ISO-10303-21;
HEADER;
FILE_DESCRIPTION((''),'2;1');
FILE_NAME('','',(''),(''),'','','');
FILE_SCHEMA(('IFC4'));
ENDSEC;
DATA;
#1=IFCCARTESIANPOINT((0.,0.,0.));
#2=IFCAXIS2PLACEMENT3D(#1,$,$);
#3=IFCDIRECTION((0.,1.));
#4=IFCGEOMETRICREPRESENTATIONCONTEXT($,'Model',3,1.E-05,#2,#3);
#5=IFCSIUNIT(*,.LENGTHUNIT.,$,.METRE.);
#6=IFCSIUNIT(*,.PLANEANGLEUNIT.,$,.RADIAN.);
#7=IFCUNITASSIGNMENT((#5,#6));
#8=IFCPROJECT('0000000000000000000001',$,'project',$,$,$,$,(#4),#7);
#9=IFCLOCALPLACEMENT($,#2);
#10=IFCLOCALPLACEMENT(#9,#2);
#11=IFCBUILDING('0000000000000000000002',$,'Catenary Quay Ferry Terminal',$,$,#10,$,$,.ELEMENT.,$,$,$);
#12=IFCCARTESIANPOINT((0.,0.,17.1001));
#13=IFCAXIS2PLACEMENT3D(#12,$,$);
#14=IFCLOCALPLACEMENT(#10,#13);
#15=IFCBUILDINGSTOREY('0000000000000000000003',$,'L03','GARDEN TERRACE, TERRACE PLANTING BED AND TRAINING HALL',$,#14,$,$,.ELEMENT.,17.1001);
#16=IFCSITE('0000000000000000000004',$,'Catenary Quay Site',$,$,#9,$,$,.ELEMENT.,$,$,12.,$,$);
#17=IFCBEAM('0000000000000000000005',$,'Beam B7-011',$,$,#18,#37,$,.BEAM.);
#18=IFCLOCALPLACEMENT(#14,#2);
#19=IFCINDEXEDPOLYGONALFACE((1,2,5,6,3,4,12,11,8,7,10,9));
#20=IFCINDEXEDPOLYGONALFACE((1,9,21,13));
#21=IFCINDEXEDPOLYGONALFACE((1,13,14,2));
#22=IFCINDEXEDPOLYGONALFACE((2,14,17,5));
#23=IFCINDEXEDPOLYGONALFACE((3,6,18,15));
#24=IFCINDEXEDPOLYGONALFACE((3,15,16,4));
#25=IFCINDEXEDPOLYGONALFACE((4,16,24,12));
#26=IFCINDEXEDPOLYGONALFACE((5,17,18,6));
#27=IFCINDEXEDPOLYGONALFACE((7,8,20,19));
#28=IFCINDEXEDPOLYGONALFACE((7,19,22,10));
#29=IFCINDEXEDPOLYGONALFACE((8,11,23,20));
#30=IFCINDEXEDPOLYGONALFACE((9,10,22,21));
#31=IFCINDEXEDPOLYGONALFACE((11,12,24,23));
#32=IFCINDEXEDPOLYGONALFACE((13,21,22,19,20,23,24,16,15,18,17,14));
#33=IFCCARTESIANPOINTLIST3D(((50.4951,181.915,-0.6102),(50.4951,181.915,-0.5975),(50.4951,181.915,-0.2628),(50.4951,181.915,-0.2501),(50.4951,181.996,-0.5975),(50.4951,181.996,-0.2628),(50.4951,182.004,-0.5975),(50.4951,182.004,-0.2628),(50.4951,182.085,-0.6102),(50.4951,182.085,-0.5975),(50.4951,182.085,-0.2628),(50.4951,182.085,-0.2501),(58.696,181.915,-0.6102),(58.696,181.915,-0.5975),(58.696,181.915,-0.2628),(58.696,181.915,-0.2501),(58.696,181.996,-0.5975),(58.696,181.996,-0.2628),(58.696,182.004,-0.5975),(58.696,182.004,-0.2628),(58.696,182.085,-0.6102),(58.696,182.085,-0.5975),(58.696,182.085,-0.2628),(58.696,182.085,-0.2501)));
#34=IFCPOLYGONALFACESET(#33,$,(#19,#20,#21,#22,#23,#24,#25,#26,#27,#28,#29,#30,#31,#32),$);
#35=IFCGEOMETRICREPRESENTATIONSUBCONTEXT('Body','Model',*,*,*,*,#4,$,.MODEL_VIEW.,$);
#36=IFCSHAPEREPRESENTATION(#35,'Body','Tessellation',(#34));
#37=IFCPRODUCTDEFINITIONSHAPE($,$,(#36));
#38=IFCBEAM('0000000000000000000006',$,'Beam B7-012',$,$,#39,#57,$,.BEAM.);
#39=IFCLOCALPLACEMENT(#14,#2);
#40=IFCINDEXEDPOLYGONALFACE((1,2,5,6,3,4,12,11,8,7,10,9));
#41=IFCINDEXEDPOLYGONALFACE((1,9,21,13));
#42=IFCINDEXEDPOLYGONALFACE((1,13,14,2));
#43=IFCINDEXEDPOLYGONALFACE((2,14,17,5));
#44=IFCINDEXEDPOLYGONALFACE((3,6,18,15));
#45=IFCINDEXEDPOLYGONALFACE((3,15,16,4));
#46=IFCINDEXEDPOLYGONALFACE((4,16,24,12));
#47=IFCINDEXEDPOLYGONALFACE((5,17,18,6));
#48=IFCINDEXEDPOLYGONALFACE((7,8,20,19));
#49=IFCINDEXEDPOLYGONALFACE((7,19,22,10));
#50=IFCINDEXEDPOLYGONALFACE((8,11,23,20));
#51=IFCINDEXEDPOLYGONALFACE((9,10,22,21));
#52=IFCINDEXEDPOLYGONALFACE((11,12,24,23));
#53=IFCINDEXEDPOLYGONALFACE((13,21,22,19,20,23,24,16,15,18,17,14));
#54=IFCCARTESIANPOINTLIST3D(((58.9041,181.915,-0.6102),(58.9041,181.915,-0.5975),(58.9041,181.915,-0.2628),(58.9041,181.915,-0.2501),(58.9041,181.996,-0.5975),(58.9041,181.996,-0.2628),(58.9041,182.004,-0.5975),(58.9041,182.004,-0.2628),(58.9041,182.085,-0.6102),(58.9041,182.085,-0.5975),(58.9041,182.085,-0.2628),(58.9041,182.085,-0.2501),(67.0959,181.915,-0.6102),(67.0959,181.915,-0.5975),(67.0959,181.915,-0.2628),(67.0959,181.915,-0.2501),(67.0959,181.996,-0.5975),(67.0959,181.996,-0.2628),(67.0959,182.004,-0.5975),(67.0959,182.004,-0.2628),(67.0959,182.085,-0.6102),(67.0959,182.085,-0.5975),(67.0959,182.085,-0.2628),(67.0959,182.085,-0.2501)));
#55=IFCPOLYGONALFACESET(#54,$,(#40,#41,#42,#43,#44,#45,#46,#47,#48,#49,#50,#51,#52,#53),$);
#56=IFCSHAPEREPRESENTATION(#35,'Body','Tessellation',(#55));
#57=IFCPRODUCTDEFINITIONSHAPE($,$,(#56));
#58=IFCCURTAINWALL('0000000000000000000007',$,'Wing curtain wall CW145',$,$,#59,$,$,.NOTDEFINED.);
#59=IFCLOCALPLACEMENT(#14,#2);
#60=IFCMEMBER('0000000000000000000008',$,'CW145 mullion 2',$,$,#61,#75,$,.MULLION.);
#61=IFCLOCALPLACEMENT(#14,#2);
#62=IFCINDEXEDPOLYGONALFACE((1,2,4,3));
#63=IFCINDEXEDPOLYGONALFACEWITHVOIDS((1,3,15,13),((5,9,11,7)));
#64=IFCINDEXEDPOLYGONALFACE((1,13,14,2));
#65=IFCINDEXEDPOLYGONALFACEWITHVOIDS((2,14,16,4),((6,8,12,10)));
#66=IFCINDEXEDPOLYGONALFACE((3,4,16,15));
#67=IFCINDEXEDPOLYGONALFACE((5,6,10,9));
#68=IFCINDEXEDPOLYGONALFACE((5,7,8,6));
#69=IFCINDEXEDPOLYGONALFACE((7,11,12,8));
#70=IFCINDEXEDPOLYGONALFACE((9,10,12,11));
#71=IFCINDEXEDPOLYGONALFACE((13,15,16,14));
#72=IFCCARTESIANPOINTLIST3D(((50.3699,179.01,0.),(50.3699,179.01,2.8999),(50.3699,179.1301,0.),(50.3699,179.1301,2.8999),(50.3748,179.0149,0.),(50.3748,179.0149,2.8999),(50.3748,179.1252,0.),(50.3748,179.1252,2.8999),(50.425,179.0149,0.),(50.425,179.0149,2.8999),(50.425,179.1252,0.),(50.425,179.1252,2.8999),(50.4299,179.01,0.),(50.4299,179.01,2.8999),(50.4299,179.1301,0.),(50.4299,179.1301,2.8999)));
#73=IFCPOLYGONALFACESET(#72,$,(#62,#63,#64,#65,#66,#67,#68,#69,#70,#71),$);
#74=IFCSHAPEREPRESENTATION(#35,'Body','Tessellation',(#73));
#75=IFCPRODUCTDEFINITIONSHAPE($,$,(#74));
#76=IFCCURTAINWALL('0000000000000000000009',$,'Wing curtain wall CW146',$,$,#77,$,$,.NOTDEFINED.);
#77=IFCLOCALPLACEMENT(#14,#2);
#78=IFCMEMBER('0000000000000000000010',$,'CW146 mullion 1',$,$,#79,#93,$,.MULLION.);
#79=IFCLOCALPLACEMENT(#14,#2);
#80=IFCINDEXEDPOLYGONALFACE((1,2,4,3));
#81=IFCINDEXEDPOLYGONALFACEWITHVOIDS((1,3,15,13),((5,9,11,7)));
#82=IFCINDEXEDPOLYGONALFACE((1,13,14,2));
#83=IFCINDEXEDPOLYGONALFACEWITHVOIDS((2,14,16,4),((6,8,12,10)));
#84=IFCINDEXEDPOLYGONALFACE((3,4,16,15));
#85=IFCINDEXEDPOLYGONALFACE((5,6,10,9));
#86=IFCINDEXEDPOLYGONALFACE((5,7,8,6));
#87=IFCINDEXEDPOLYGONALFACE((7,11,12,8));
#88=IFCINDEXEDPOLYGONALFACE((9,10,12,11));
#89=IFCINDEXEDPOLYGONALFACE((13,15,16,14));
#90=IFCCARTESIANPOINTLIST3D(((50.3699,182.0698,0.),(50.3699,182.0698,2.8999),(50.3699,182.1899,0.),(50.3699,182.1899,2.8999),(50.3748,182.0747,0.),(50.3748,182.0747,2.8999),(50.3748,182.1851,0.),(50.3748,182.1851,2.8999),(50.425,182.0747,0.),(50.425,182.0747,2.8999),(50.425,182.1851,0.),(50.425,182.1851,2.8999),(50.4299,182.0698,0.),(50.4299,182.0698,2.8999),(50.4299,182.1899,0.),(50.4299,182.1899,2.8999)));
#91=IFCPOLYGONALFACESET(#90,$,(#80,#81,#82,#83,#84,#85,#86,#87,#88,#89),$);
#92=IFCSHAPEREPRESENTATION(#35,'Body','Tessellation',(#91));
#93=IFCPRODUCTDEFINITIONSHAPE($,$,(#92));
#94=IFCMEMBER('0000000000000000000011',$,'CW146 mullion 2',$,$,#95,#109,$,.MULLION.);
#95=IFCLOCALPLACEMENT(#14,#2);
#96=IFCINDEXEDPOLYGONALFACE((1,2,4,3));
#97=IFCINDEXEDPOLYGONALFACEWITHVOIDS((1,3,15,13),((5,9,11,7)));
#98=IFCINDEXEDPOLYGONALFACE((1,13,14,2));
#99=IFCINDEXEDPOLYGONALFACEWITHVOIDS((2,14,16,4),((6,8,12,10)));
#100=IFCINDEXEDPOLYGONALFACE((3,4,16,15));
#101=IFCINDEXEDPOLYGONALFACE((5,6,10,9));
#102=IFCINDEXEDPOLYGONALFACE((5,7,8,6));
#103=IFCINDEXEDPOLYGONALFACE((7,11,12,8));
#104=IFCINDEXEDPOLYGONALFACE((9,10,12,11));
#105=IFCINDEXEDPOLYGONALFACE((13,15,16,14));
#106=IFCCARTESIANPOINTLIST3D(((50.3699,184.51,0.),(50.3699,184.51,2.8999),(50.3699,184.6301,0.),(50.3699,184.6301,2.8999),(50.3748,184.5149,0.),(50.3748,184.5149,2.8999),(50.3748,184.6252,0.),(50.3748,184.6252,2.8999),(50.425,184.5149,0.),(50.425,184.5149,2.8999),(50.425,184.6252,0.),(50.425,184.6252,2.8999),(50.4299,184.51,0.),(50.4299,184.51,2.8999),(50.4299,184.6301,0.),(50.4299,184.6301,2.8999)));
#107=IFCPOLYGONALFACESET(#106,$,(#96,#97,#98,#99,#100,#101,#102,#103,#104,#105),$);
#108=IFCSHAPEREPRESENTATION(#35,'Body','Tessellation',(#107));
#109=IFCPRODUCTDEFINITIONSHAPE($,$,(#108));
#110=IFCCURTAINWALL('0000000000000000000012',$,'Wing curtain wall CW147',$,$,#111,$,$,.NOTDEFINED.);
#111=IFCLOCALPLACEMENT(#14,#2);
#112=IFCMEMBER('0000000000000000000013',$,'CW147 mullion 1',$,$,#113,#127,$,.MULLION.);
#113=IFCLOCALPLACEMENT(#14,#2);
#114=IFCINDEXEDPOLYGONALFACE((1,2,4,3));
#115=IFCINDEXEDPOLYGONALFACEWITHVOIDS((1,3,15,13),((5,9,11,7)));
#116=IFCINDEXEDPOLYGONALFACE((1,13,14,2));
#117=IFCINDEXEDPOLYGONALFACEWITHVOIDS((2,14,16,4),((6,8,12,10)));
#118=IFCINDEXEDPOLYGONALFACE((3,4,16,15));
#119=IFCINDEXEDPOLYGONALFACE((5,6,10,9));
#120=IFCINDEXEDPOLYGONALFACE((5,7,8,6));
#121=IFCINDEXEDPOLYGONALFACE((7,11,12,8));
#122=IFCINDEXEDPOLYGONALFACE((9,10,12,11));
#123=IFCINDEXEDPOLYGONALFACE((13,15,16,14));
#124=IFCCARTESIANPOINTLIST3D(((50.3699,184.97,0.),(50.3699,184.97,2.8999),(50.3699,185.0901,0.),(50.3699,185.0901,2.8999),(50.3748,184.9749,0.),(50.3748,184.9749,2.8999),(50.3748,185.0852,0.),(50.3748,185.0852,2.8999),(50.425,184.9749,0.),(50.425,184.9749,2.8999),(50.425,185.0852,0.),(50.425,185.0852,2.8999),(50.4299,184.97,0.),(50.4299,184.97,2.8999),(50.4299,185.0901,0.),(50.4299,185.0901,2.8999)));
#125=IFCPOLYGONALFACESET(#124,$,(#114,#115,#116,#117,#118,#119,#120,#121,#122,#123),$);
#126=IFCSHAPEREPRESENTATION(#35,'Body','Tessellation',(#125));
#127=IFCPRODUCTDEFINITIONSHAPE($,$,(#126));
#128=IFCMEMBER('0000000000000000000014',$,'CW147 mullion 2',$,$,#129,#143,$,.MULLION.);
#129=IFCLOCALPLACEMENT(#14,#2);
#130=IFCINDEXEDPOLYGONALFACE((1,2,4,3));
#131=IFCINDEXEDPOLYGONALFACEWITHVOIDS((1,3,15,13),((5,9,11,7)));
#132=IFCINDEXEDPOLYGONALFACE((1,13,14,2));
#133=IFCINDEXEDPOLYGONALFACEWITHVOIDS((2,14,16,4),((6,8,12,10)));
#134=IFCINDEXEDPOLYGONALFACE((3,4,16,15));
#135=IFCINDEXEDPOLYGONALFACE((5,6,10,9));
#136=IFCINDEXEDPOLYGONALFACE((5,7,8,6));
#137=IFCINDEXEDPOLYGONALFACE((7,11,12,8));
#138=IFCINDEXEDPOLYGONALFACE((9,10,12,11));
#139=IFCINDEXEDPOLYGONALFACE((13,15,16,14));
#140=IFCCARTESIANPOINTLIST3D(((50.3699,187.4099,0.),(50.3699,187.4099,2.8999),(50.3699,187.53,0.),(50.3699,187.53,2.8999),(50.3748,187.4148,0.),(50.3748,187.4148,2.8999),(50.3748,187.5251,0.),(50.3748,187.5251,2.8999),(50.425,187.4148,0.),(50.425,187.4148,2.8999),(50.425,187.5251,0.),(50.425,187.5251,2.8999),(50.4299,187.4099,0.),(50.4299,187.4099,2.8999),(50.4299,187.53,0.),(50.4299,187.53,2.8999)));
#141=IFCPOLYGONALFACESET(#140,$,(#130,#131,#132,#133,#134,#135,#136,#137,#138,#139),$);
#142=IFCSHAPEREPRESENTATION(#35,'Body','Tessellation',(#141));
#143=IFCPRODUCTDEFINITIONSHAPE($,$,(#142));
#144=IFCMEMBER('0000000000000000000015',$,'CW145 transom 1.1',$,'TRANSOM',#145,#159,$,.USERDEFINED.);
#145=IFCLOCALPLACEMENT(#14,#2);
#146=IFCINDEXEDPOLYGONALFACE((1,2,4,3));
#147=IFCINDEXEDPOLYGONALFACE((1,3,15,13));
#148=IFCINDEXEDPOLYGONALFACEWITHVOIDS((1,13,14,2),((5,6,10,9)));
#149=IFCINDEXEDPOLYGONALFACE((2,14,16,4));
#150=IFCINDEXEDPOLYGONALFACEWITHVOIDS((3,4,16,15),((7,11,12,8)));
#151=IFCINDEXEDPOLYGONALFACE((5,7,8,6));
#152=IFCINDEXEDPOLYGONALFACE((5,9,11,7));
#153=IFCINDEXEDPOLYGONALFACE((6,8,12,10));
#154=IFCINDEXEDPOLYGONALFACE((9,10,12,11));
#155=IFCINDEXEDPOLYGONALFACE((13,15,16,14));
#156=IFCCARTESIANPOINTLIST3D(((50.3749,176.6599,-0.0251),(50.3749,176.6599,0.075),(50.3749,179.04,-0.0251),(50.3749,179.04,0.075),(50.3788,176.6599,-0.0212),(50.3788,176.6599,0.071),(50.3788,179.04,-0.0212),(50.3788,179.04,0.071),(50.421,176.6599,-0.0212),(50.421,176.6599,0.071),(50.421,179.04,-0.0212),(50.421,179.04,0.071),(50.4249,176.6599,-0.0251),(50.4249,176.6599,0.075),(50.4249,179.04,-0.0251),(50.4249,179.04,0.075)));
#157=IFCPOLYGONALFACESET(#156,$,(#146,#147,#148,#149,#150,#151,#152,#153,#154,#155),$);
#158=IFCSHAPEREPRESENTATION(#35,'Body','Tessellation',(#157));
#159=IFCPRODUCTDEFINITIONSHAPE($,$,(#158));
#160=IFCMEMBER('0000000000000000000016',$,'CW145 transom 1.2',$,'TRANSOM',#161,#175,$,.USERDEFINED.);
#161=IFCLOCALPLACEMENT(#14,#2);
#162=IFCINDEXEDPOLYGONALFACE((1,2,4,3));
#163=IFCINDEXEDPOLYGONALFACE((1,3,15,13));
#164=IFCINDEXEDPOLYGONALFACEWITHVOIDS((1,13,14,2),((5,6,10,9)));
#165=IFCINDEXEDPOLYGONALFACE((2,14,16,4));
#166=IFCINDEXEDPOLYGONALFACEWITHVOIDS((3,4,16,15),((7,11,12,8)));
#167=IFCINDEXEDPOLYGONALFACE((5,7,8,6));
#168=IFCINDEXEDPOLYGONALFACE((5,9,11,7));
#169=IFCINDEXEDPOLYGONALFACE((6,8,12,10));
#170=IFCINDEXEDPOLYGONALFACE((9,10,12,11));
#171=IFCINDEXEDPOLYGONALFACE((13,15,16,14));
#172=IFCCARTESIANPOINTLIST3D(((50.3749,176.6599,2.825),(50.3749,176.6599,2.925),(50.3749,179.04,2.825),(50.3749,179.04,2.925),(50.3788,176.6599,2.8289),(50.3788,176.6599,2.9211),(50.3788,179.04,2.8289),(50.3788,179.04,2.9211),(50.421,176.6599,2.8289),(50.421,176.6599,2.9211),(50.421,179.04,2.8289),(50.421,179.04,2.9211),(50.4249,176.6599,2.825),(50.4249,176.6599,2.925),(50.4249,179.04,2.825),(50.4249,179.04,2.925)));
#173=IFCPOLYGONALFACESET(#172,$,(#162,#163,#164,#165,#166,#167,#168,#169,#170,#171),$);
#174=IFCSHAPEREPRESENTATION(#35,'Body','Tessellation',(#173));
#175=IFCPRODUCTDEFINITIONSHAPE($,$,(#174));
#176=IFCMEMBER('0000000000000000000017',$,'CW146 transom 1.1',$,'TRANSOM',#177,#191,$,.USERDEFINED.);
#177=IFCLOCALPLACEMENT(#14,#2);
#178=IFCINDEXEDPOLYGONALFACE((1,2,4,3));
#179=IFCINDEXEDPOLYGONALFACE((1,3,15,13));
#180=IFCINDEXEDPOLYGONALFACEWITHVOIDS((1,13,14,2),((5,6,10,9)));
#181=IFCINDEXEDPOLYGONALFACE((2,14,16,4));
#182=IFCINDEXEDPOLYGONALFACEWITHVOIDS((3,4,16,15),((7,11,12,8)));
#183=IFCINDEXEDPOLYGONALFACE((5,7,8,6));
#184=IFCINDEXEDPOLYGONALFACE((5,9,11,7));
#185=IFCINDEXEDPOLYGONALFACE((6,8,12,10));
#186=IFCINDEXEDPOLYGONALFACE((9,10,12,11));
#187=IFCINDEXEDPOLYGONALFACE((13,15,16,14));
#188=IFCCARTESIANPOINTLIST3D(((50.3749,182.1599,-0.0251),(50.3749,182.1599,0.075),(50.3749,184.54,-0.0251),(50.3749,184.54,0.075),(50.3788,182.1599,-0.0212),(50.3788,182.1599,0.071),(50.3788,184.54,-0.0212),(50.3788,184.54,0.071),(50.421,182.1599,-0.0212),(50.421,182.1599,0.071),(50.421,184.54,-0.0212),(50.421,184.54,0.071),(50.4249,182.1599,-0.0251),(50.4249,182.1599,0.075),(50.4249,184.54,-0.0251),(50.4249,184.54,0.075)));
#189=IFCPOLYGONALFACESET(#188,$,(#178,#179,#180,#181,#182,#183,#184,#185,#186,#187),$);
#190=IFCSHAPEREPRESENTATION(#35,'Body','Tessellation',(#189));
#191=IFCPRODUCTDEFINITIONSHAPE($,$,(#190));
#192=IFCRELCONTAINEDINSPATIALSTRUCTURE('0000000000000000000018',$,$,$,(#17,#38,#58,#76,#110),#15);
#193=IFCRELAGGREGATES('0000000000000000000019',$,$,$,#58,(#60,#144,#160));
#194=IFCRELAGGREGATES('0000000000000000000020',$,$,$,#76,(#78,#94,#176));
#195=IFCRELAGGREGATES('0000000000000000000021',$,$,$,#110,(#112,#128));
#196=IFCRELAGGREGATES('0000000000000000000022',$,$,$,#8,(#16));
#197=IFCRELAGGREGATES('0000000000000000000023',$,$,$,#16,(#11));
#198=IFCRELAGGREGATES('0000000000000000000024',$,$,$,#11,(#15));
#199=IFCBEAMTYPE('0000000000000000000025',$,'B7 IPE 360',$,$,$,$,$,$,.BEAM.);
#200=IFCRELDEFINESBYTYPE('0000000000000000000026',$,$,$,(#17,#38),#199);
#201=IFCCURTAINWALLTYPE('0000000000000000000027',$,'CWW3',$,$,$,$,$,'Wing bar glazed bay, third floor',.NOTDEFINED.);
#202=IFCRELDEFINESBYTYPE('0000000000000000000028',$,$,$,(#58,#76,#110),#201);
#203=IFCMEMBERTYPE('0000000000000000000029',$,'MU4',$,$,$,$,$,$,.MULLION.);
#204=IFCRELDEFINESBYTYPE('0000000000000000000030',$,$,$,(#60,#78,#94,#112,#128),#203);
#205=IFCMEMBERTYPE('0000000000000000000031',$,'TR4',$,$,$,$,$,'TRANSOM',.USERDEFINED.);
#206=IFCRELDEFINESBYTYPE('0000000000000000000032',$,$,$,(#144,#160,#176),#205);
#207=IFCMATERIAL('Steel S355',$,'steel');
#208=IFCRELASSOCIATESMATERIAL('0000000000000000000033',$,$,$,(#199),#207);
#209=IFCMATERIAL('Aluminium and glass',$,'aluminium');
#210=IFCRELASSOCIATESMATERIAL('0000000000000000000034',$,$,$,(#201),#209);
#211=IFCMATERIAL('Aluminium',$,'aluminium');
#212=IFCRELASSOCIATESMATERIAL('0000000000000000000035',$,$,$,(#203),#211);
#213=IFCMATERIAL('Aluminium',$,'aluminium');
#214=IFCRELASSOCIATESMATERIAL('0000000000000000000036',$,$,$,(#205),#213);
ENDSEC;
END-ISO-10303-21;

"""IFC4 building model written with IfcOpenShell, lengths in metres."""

from ifc_helpers import new_model, si_unit, direction, frame, origin, origin_2d, place, context, subcontext, project, spatial, hollow_rectangle, i_section, extrude, material, material_profile, profile_set, type_object, element, aggregate, save


model = new_model("IFC4")

# Units and contexts
model_context = context("Model", 3, precision=1e-05, world=origin(), true_north=direction((0.0, 1.0)))
body_context = subcontext(model_context, "Body", "Model", "MODEL_VIEW")
ifc_project = project(units=[si_unit("LENGTHUNIT", "METRE"), si_unit("PLANEANGLEUNIT", "RADIAN")], contexts=[model_context])

# Site, building, storey
site_placement = place(None, origin())
site = spatial("IfcSite", under=ifc_project, at=site_placement, Name="Catenary Quay Site", CompositionType="ELEMENT", RefElevation=12.0)
building_placement = place(site_placement, origin())
building = spatial("IfcBuilding", under=site, at=building_placement, Name="Catenary Quay Ferry Terminal", CompositionType="ELEMENT")
storey_placement = place(building_placement, frame((0.0, 0.0, 17.1001)))
storey = spatial("IfcBuildingStorey", under=building, at=storey_placement, Name="L03", Description="GARDEN TERRACE, TERRACE PLANTING BED AND TRAINING HALL", CompositionType="ELEMENT", Elevation=17.1001)

# Beams
ifc_material_1 = material(Name="Steel S355", Category="steel")
ifc_material_profile_1 = material_profile(ifc_material_1, i_section(OverallWidth=0.1699, OverallDepth=0.3601, WebThickness=0.0081, FlangeThickness=0.0127, at=origin_2d()), Name="IPE 360")
ifc_profile_set_1 = profile_set([ifc_material_profile_1], Name="Steel S355")
beam_type_1 = type_object("IfcBeamType", Name="B7 IPE 360", PredefinedType="BEAM", material=ifc_profile_set_1)
beam_1_placement = place(storey_placement, frame((50.4951, 182.0, -0.4302), z_axis=(1.0, 0.0, 0.0), x_axis=(0.0, 1.0, 0.0)))
element("IfcBeam", 1, at=beam_1_placement, inside=storey, type_object=beam_type_1, Name="Beam B7-011", PredefinedType="BEAM", context=body_context, shape_type="SweptSolid", body=[
    extrude(i_section(OverallWidth=0.1699, OverallDepth=0.3601, WebThickness=0.0081, FlangeThickness=0.0127, at=origin_2d()), origin(), (0.0, 0.0, 1.0), 8.2009),
])
beam_2_placement = place(storey_placement, frame((58.9041, 182.0, -0.4302), z_axis=(1.0, 0.0, 0.0), x_axis=(0.0, 1.0, 0.0)))
element("IfcBeam", 2, at=beam_2_placement, inside=storey, type_object=beam_type_1, Name="Beam B7-012", PredefinedType="BEAM", context=body_context, shape_type="SweptSolid", body=[
    extrude(i_section(OverallWidth=0.1699, OverallDepth=0.3601, WebThickness=0.0081, FlangeThickness=0.0127, at=origin_2d()), origin(), (0.0, 0.0, 1.0), 8.1919),
])

# Curtain wall, member
ifc_material_2 = material(Name="Aluminium and glass", Category="aluminium")
curtain_wall_type = type_object("IfcCurtainWallType", Name="CWW3", ElementType="Wing bar glazed bay, third floor", PredefinedType="NOTDEFINED", material=ifc_material_2)
curtain_wall_1_placement = place(storey_placement, origin())
curtain_wall_1 = element("IfcCurtainWall", 3, at=curtain_wall_1_placement, inside=storey, type_object=curtain_wall_type, Name="Wing curtain wall CW145", PredefinedType="NOTDEFINED")
ifc_material_3 = material(Name="Aluminium", Category="aluminium")
ifc_material_profile_2 = material_profile(ifc_material_3, hollow_rectangle(XDim=0.0601, YDim=0.1201, WallThickness=0.0049, at=origin_2d()), Name="MU4")
ifc_profile_set_2 = profile_set([ifc_material_profile_2], Name="Aluminium")
member_type_1 = type_object("IfcMemberType", Name="MU4", PredefinedType="MULLION", material=ifc_profile_set_2)
member_1_placement = place(storey_placement, frame((50.3999, 179.0701, 0.0), z_axis=(0.0, 0.0, 1.0), x_axis=(-1.0, 0.0, 0.0)))
member_1 = element("IfcMember", 4, at=member_1_placement, type_object=member_type_1, Name="CW145 mullion 2", PredefinedType="MULLION", context=body_context, shape_type="SweptSolid", body=[
    extrude(hollow_rectangle(XDim=0.0601, YDim=0.1201, WallThickness=0.0049, at=origin_2d()), origin(), (0.0, 0.0, 1.0), 2.8999),
])

# Curtain walls, members
curtain_wall_2_placement = place(storey_placement, origin())
curtain_wall_2 = element("IfcCurtainWall", 5, at=curtain_wall_2_placement, inside=storey, type_object=curtain_wall_type, Name="Wing curtain wall CW146", PredefinedType="NOTDEFINED")
member_2_placement = place(storey_placement, frame((50.3999, 182.1299, 0.0), z_axis=(0.0, 0.0, 1.0), x_axis=(-1.0, 0.0, 0.0)))
member_2 = element("IfcMember", 6, at=member_2_placement, type_object=member_type_1, Name="CW146 mullion 1", PredefinedType="MULLION", context=body_context, shape_type="SweptSolid", body=[
    extrude(hollow_rectangle(XDim=0.0601, YDim=0.1201, WallThickness=0.0049, at=origin_2d()), origin(), (0.0, 0.0, 1.0), 2.8999),
])
member_3_placement = place(storey_placement, frame((50.3999, 184.5701, 0.0), z_axis=(0.0, 0.0, 1.0), x_axis=(-1.0, 0.0, 0.0)))
member_3 = element("IfcMember", 7, at=member_3_placement, type_object=member_type_1, Name="CW146 mullion 2", PredefinedType="MULLION", context=body_context, shape_type="SweptSolid", body=[
    extrude(hollow_rectangle(XDim=0.0601, YDim=0.1201, WallThickness=0.0049, at=origin_2d()), origin(), (0.0, 0.0, 1.0), 2.8999),
])
curtain_wall_3_placement = place(storey_placement, origin())
curtain_wall_3 = element("IfcCurtainWall", 8, at=curtain_wall_3_placement, inside=storey, type_object=curtain_wall_type, Name="Wing curtain wall CW147", PredefinedType="NOTDEFINED")
member_4_placement = place(storey_placement, frame((50.3999, 185.03, 0.0), z_axis=(0.0, 0.0, 1.0), x_axis=(-1.0, 0.0, 0.0)))
member_4 = element("IfcMember", 9, at=member_4_placement, type_object=member_type_1, Name="CW147 mullion 1", PredefinedType="MULLION", context=body_context, shape_type="SweptSolid", body=[
    extrude(hollow_rectangle(XDim=0.0601, YDim=0.1201, WallThickness=0.0049, at=origin_2d()), origin(), (0.0, 0.0, 1.0), 2.8999),
])
member_5_placement = place(storey_placement, frame((50.3999, 187.47, 0.0), z_axis=(0.0, 0.0, 1.0), x_axis=(-1.0, 0.0, 0.0)))
member_5 = element("IfcMember", 10, at=member_5_placement, type_object=member_type_1, Name="CW147 mullion 2", PredefinedType="MULLION", context=body_context, shape_type="SweptSolid", body=[
    extrude(hollow_rectangle(XDim=0.0601, YDim=0.1201, WallThickness=0.0049, at=origin_2d()), origin(), (0.0, 0.0, 1.0), 2.8999),
])

# Members
ifc_material_4 = material(Name="Aluminium", Category="aluminium")
ifc_material_profile_3 = material_profile(ifc_material_4, hollow_rectangle(XDim=0.05, YDim=0.1001, WallThickness=0.0039, at=origin_2d()), Name="TR4")
ifc_profile_set_3 = profile_set([ifc_material_profile_3], Name="Aluminium")
member_type_2 = type_object("IfcMemberType", Name="TR4", ElementType="TRANSOM", PredefinedType="USERDEFINED", material=ifc_profile_set_3)
member_6_placement = place(storey_placement, frame((50.3999, 176.6599, 0.0249), z_axis=(0.0, 1.0, 0.0), x_axis=(-1.0, 0.0, 0.0)))
member_6 = element("IfcMember", 11, at=member_6_placement, type_object=member_type_2, Name="CW145 transom 1.1", ObjectType="TRANSOM", PredefinedType="USERDEFINED", context=body_context, shape_type="SweptSolid", body=[
    extrude(hollow_rectangle(XDim=0.05, YDim=0.1001, WallThickness=0.0039, at=origin_2d()), origin(), (0.0, 0.0, 1.0), 2.3801),
])
member_7_placement = place(storey_placement, frame((50.3999, 176.6599, 2.875), z_axis=(0.0, 1.0, 0.0), x_axis=(-1.0, 0.0, 0.0)))
member_7 = element("IfcMember", 12, at=member_7_placement, type_object=member_type_2, Name="CW145 transom 1.2", ObjectType="TRANSOM", PredefinedType="USERDEFINED", context=body_context, shape_type="SweptSolid", body=[
    extrude(hollow_rectangle(XDim=0.05, YDim=0.1001, WallThickness=0.0039, at=origin_2d()), origin(), (0.0, 0.0, 1.0), 2.3801),
])
member_8_placement = place(storey_placement, frame((50.3999, 182.1599, 0.0249), z_axis=(0.0, 1.0, 0.0), x_axis=(-1.0, 0.0, 0.0)))
member_8 = element("IfcMember", 13, at=member_8_placement, type_object=member_type_2, Name="CW146 transom 1.1", ObjectType="TRANSOM", PredefinedType="USERDEFINED", context=body_context, shape_type="SweptSolid", body=[
    extrude(hollow_rectangle(XDim=0.05, YDim=0.1001, WallThickness=0.0039, at=origin_2d()), origin(), (0.0, 0.0, 1.0), 2.3801),
])

aggregate(curtain_wall_1, [member_1, member_6, member_7])
aggregate(curtain_wall_2, [member_2, member_3, member_8])
aggregate(curtain_wall_3, [member_4, member_5])

save(model, "model.ifc")
